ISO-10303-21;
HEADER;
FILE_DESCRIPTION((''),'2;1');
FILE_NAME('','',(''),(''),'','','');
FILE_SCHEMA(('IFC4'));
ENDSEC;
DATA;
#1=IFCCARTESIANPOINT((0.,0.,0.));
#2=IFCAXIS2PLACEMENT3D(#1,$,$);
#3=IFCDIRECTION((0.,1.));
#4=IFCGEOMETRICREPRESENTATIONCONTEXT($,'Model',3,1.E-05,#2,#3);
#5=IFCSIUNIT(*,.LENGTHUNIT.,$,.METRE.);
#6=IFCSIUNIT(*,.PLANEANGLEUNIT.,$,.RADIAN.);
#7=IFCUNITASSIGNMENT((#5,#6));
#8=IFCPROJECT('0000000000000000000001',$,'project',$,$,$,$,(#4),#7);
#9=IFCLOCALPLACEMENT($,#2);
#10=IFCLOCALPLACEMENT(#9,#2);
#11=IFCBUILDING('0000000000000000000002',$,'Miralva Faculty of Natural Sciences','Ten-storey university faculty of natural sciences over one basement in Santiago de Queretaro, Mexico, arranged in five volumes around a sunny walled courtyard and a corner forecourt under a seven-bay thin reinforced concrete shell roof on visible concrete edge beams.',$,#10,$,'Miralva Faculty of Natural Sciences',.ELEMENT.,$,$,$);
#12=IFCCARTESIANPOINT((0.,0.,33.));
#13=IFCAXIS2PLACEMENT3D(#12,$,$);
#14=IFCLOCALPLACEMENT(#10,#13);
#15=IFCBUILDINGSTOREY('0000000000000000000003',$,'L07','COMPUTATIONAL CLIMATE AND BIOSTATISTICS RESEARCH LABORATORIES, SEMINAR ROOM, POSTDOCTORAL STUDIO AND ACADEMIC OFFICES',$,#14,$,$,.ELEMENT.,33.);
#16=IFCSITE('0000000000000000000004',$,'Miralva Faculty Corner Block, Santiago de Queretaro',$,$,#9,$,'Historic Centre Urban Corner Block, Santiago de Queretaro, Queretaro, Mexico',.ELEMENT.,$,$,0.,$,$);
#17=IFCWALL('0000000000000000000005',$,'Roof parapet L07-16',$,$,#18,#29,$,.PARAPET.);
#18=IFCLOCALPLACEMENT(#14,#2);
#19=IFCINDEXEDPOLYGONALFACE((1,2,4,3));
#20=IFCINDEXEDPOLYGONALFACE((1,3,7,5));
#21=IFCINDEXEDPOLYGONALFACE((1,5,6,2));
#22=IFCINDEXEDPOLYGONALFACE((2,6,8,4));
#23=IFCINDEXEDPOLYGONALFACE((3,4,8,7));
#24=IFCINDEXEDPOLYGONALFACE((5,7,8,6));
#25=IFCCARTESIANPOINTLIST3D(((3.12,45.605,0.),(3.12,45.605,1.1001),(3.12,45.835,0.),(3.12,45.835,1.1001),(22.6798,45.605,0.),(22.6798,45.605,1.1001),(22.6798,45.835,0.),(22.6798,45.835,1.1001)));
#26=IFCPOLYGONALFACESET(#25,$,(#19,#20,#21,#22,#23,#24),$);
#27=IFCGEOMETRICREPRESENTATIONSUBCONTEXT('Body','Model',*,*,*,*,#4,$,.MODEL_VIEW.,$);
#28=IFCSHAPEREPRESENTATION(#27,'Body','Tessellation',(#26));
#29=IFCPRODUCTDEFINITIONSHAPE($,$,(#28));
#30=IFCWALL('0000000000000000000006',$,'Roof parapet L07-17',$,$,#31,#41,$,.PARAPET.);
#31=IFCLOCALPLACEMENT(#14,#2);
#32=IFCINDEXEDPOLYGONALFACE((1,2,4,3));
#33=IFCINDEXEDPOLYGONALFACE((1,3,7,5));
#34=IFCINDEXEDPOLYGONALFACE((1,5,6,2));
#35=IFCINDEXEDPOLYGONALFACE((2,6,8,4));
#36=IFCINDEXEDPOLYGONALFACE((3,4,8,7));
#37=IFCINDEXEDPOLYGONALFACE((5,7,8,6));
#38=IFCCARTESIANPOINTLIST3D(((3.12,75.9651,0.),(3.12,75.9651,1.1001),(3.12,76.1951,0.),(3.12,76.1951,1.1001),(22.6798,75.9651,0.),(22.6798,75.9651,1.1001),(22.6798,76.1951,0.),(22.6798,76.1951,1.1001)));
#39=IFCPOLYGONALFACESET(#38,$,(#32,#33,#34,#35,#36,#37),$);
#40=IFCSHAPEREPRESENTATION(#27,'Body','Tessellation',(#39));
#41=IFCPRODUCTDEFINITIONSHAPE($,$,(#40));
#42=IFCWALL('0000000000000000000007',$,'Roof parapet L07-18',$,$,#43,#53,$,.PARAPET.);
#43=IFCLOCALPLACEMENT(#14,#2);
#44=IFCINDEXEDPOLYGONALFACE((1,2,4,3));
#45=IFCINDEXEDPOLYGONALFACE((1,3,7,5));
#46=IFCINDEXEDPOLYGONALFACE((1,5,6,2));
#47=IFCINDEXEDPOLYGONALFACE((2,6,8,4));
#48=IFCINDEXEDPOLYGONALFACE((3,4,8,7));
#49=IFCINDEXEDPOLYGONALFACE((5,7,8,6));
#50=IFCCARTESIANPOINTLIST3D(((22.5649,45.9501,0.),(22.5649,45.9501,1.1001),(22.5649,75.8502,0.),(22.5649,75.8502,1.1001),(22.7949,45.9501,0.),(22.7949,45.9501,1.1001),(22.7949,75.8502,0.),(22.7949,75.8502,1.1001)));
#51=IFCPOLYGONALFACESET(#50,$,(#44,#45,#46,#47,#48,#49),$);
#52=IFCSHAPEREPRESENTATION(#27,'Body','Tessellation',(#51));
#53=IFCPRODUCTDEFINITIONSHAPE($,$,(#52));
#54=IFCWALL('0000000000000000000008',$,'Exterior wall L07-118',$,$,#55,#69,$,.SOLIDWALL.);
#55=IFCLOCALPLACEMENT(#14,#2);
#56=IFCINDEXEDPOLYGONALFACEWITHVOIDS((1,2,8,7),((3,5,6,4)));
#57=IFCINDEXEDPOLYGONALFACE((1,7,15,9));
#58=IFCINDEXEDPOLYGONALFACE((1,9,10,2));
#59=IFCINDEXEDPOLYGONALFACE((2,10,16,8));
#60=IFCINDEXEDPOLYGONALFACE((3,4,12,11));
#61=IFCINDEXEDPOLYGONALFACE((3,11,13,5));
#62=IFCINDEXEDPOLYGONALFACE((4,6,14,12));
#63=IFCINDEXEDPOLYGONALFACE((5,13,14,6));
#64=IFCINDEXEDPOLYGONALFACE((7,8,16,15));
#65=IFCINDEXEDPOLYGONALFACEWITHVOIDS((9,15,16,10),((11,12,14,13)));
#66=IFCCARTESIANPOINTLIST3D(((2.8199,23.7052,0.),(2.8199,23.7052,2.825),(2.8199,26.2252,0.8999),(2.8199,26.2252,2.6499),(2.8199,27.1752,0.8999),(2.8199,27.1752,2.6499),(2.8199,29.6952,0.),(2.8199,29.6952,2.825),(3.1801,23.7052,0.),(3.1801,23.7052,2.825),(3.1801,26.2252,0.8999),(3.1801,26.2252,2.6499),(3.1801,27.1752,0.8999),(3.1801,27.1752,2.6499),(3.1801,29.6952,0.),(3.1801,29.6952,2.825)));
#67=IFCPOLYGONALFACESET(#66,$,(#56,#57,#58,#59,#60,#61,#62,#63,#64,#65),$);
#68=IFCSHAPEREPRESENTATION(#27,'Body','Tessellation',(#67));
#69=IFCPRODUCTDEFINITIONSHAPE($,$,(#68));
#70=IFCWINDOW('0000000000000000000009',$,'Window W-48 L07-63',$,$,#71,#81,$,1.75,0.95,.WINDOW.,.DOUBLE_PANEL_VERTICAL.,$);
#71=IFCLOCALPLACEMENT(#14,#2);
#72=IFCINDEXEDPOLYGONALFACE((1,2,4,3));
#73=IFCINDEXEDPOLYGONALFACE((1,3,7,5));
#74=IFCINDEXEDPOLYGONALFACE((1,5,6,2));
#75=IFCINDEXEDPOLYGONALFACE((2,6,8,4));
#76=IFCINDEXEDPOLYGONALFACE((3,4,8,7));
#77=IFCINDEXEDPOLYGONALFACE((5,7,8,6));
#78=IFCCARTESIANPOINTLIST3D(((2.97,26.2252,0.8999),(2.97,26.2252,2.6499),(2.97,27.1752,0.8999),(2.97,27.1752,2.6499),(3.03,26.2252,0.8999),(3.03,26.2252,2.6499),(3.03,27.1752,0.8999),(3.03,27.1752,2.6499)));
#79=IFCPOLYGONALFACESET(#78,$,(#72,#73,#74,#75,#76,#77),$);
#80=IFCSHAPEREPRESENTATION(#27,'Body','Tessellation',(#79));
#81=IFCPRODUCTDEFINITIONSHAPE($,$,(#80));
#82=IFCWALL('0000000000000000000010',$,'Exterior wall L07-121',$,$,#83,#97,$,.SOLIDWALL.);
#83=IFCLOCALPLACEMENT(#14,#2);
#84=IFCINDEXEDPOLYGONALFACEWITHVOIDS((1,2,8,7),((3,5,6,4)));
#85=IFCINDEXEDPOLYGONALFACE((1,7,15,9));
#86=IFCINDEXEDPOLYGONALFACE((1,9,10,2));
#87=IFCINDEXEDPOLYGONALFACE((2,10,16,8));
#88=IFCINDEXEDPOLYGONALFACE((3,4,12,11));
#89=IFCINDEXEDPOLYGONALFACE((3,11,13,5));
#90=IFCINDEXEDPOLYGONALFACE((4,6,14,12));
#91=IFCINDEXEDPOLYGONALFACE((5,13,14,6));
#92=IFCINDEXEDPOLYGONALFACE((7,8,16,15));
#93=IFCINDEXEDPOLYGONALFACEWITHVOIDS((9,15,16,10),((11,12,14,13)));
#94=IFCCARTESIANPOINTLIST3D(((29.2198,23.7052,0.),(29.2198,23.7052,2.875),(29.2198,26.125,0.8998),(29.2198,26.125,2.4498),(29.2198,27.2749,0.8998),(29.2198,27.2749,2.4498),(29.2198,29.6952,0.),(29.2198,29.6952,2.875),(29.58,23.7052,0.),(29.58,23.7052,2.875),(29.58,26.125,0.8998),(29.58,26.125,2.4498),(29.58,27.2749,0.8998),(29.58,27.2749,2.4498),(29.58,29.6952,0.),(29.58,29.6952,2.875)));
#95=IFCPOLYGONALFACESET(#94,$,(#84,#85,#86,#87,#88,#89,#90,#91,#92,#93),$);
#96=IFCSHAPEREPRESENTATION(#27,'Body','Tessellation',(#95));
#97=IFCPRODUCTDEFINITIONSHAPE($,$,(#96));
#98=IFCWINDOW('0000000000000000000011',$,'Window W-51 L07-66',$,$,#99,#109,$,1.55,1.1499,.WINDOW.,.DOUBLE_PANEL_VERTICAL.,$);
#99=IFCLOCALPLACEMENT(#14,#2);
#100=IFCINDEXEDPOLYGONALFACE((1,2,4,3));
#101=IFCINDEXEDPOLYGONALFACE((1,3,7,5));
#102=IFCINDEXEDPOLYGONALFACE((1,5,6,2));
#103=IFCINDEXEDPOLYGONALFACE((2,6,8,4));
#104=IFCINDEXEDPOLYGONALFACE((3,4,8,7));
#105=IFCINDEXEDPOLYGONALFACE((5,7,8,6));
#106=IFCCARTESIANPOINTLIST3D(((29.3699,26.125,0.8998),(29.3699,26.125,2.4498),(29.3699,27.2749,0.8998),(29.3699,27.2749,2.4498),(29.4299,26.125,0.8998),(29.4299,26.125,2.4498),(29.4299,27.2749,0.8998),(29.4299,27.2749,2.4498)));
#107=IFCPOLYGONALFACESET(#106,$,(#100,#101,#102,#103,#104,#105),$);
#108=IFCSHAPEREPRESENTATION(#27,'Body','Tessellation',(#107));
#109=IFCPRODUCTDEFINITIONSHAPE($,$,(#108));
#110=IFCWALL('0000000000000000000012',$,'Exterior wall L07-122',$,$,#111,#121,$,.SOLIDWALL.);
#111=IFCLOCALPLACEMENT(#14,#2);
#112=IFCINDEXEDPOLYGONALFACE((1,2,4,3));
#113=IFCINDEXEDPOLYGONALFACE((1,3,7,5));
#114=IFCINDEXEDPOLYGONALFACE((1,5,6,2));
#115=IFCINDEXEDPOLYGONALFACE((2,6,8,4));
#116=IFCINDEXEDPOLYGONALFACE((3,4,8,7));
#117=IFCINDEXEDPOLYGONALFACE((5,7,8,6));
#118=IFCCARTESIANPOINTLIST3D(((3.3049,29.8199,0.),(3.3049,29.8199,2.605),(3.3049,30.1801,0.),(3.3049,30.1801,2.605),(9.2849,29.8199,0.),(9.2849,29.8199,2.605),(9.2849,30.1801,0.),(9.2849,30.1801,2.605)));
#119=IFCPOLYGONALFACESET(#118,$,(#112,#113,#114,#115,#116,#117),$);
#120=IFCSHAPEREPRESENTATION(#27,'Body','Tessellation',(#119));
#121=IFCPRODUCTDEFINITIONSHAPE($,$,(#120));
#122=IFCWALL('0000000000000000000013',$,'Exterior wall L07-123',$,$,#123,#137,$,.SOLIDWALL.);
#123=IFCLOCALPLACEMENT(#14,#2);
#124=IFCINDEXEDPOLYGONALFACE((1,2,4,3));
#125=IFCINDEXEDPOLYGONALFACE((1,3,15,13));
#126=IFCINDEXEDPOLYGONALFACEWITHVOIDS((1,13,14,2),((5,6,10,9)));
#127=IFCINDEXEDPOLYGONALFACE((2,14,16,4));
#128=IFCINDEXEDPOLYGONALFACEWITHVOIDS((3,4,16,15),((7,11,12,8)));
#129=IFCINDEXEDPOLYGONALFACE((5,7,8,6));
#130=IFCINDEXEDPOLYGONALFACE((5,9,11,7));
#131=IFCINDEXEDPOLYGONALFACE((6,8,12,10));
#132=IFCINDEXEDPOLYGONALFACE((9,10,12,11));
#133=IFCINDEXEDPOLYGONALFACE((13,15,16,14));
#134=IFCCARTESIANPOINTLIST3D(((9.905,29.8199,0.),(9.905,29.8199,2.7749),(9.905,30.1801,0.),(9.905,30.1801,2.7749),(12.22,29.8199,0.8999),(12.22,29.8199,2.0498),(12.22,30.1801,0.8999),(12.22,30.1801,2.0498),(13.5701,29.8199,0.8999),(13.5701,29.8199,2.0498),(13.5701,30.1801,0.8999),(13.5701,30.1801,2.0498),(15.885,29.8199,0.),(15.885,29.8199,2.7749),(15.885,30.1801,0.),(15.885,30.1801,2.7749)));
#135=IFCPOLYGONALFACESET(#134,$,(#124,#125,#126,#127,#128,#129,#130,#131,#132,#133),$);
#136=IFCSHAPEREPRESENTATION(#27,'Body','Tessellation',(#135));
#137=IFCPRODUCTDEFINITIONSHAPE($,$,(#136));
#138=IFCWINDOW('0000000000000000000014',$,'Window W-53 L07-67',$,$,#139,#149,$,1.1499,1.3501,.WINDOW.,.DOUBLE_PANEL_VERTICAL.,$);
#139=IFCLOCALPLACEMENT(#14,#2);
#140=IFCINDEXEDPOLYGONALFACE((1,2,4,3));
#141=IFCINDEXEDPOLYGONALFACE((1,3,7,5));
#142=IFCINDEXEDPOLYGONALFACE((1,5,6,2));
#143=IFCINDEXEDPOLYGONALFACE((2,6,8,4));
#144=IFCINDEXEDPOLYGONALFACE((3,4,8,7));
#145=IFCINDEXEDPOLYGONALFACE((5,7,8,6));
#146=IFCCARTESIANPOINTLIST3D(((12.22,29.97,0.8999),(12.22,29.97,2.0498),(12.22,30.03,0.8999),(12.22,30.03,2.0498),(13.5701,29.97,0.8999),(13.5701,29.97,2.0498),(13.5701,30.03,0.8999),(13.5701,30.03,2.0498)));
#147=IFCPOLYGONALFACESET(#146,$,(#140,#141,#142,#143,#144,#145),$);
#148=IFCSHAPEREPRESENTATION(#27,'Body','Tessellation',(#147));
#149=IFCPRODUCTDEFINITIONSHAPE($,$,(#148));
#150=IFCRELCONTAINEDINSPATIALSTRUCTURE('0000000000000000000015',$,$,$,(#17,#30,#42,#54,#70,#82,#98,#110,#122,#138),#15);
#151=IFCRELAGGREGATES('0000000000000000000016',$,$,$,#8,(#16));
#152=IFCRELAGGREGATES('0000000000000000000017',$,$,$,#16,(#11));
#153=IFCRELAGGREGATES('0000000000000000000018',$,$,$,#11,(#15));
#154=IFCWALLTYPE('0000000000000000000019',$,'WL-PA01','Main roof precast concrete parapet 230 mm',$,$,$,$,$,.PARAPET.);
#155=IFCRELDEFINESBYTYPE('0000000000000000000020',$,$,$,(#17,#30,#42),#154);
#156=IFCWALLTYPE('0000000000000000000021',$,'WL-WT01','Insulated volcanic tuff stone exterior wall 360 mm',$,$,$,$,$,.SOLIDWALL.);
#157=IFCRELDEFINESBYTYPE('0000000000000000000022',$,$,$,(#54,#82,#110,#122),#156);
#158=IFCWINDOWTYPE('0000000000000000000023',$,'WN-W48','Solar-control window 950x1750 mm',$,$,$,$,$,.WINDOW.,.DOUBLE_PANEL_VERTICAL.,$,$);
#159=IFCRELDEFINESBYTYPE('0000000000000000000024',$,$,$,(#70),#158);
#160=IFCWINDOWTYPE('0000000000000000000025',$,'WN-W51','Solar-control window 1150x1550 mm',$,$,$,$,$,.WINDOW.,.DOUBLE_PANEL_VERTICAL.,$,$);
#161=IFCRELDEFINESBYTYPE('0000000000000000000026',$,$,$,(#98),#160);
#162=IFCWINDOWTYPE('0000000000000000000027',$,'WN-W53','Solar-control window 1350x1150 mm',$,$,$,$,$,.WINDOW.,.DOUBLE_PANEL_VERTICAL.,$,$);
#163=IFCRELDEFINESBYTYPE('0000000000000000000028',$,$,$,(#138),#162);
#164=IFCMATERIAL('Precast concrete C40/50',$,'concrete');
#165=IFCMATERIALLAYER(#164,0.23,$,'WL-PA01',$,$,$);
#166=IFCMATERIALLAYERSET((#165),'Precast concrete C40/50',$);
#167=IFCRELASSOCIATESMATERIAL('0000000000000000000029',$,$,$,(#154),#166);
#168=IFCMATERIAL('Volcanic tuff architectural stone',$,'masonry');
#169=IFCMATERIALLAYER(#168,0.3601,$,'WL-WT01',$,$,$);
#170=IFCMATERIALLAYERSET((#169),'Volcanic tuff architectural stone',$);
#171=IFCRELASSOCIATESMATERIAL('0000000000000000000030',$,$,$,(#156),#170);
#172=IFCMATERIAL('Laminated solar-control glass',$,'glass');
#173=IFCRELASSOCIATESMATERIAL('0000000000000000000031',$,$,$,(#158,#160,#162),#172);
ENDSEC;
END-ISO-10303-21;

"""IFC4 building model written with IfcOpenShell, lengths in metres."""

from ifc_helpers import new_model, si_unit, direction, frame, frame_2d, origin, place, context, subcontext, project, spatial, rectangle, extrude, material, layer, layer_set, type_object, element, fill, save


model = new_model("IFC4")

# Units and contexts
model_context = context("Model", 3, precision=1e-05, world=origin(), true_north=direction((0.0, 1.0)))
body_context = subcontext(model_context, "Body", "Model", "MODEL_VIEW")
ifc_project = project(units=[si_unit("LENGTHUNIT", "METRE"), si_unit("PLANEANGLEUNIT", "RADIAN")], contexts=[model_context])

# Site, building, storey
site_placement = place(None, origin())
site = spatial("IfcSite", under=ifc_project, at=site_placement, Name="Miralva Faculty Corner Block, Santiago de Queretaro", LongName="Historic Centre Urban Corner Block, Santiago de Queretaro, Queretaro, Mexico", CompositionType="ELEMENT", RefElevation=0.0)
building_placement = place(site_placement, origin())
building = spatial("IfcBuilding", under=site, at=building_placement, Name="Miralva Faculty of Natural Sciences", Description="Ten-storey university faculty of natural sciences over one basement in Santiago de Queretaro, Mexico, arranged in five volumes around a sunny walled courtyard and a corner forecourt under a seven-bay thin reinforced concrete shell roof on visible concrete edge beams.", LongName="Miralva Faculty of Natural Sciences", CompositionType="ELEMENT")
storey_placement = place(building_placement, frame((0.0, 0.0, 33.0)))
storey = spatial("IfcBuildingStorey", under=building, at=storey_placement, Name="L07", Description="COMPUTATIONAL CLIMATE AND BIOSTATISTICS RESEARCH LABORATORIES, SEMINAR ROOM, POSTDOCTORAL STUDIO AND ACADEMIC OFFICES", CompositionType="ELEMENT", Elevation=33.0)

# Walls
ifc_material_1 = material(Name="Precast concrete C40/50", Category="concrete")
ifc_layer_1 = layer(ifc_material_1, 0.23, Name="WL-PA01")
ifc_layer_set_1 = layer_set([ifc_layer_1], Name="Precast concrete C40/50")
wall_type_1 = type_object("IfcWallType", Name="WL-PA01", Description="Main roof precast concrete parapet 230 mm", PredefinedType="PARAPET", material=ifc_layer_set_1)
for number, where, z_axis, x_axis, name in (
    (1, (3.1201, 45.72, 0.0), (0.0, 0.0, 1.0), (1.0, 0.0, 0.0), "Roof parapet L07-16"),
    (2, (3.1201, 76.0801, 0.0), (0.0, 0.0, 1.0), (1.0, 0.0, 0.0), "Roof parapet L07-17"),
):
    element("IfcWall", number, at=place(storey_placement, frame(where, z_axis=z_axis, x_axis=x_axis)), inside=storey, type_object=wall_type_1, Name=name, PredefinedType="PARAPET", context=body_context, shape_type="SweptSolid", body=[
        extrude(rectangle(XDim=19.5598, YDim=0.23, at=frame_2d((9.7798, 0.0))), origin(), (0.0, 0.0, 1.0), 1.1001),
    ])
wall_1_placement = place(storey_placement, frame((22.6799, 45.95, 0.0), z_axis=(0.0, 0.0, 1.0), x_axis=(0.0, 1.0, 0.0)))
element("IfcWall", 3, at=wall_1_placement, inside=storey, type_object=wall_type_1, Name="Roof parapet L07-18", PredefinedType="PARAPET", context=body_context, shape_type="SweptSolid", body=[
    extrude(rectangle(XDim=29.9001, YDim=0.23, at=frame_2d((14.9502, 0.0))), origin(), (0.0, 0.0, 1.0), 1.1001),
])

# Walls, openings, windows
ifc_material_2 = material(Name="Volcanic tuff architectural stone", Category="masonry")
ifc_layer_2 = layer(ifc_material_2, 0.3601, Name="WL-WT01")
ifc_layer_set_2 = layer_set([ifc_layer_2], Name="Volcanic tuff architectural stone")
wall_type_2 = type_object("IfcWallType", Name="WL-WT01", Description="Insulated volcanic tuff stone exterior wall 360 mm", PredefinedType="SOLIDWALL", material=ifc_layer_set_2)
wall_2_placement = place(storey_placement, frame((3.0, 23.7051, 0.0), z_axis=(0.0, 0.0, 1.0), x_axis=(0.0, 1.0, 0.0)))
wall_2 = element("IfcWall", 4, at=wall_2_placement, inside=storey, type_object=wall_type_2, Name="Exterior wall L07-118", PredefinedType="SOLIDWALL", context=body_context, shape_type="SweptSolid", body=[
    extrude(rectangle(XDim=5.99, YDim=0.3601, at=frame_2d((2.9951, 0.0))), origin(), (0.0, 0.0, 1.0), 2.825),
])
opening_1_placement = place(wall_2_placement, frame((2.52, 0.0, 0.8999)))
opening_1 = element("IfcOpeningElement", 5, at=opening_1_placement, cuts=wall_2, PredefinedType="OPENING", context=body_context, shape_type="SweptSolid", body=[
    extrude(rectangle(XDim=0.95, YDim=1.75, at=frame_2d((0.4751, 0.875))), frame((0.0, 0.1899, 0.0), z_axis=(0.0, -1.0, 0.0), x_axis=(1.0, 0.0, 0.0)), (0.0, 0.0, 1.0), 0.3801),
])
ifc_material_3 = material(Name="Laminated solar-control glass", Category="glass")
window_type_1 = type_object("IfcWindowType", Name="WN-W48", Description="Solar-control window 950x1750 mm", PartitioningType="DOUBLE_PANEL_VERTICAL", PredefinedType="WINDOW", material=ifc_material_3)
window_1_placement = place(opening_1_placement, origin())
window_1 = element("IfcWindow", 6, at=window_1_placement, inside=storey, type_object=window_type_1, Name="Window W-48 L07-63", OverallHeight=1.75, OverallWidth=0.95, PartitioningType="DOUBLE_PANEL_VERTICAL", PredefinedType="WINDOW", context=body_context, shape_type="SweptSolid", body=[
    extrude(rectangle(XDim=0.95, YDim=1.75, at=frame_2d((0.4751, 0.875))), frame((0.0, 0.03, 0.0), z_axis=(0.0, -1.0, 0.0), x_axis=(1.0, 0.0, 0.0)), (0.0, 0.0, 1.0), 0.0601),
])
fill(opening_1, window_1)
wall_3_placement = place(storey_placement, frame((29.3999, 23.7051, 0.0), z_axis=(0.0, 0.0, 1.0), x_axis=(0.0, 1.0, 0.0)))
wall_3 = element("IfcWall", 7, at=wall_3_placement, inside=storey, type_object=wall_type_2, Name="Exterior wall L07-121", PredefinedType="SOLIDWALL", context=body_context, shape_type="SweptSolid", body=[
    extrude(rectangle(XDim=5.99, YDim=0.3601, at=frame_2d((2.9951, 0.0))), origin(), (0.0, 0.0, 1.0), 2.875),
])
opening_2_placement = place(wall_3_placement, frame((2.4199, 0.0, 0.8999)))
opening_2 = element("IfcOpeningElement", 8, at=opening_2_placement, cuts=wall_3, PredefinedType="OPENING", context=body_context, shape_type="SweptSolid", body=[
    extrude(rectangle(XDim=1.1499, YDim=1.55, at=frame_2d((0.575, 0.7749))), frame((0.0, 0.1899, 0.0), z_axis=(0.0, -1.0, 0.0), x_axis=(1.0, 0.0, 0.0)), (0.0, 0.0, 1.0), 0.3801),
])
window_type_2 = type_object("IfcWindowType", Name="WN-W51", Description="Solar-control window 1150x1550 mm", PartitioningType="DOUBLE_PANEL_VERTICAL", PredefinedType="WINDOW", material=ifc_material_3)
window_2_placement = place(opening_2_placement, frame((1.1499, 0.0, 0.0), z_axis=(0.0, 0.0, 1.0), x_axis=(-1.0, 0.0, 0.0)))
window_2 = element("IfcWindow", 9, at=window_2_placement, inside=storey, type_object=window_type_2, Name="Window W-51 L07-66", OverallHeight=1.55, OverallWidth=1.1499, PartitioningType="DOUBLE_PANEL_VERTICAL", PredefinedType="WINDOW", context=body_context, shape_type="SweptSolid", body=[
    extrude(rectangle(XDim=1.1499, YDim=1.55, at=frame_2d((0.575, 0.7749))), frame((0.0, 0.03, 0.0), z_axis=(0.0, -1.0, 0.0), x_axis=(1.0, 0.0, 0.0)), (0.0, 0.0, 1.0), 0.0601),
])
fill(opening_2, window_2)

# Wall
wall_4_placement = place(storey_placement, frame((3.3049, 30.0, 0.0), z_axis=(0.0, 0.0, 1.0), x_axis=(1.0, 0.0, 0.0)))
element("IfcWall", 10, at=wall_4_placement, inside=storey, type_object=wall_type_2, Name="Exterior wall L07-122", PredefinedType="SOLIDWALL", context=body_context, shape_type="SweptSolid", body=[
    extrude(rectangle(XDim=5.98, YDim=0.3601, at=frame_2d((2.99, 0.0))), origin(), (0.0, 0.0, 1.0), 2.605),
])

# Wall, opening, window
wall_5_placement = place(storey_placement, frame((9.905, 30.0, 0.0), z_axis=(0.0, 0.0, 1.0), x_axis=(1.0, 0.0, 0.0)))
wall_5 = element("IfcWall", 11, at=wall_5_placement, inside=storey, type_object=wall_type_2, Name="Exterior wall L07-123", PredefinedType="SOLIDWALL", context=body_context, shape_type="SweptSolid", body=[
    extrude(rectangle(XDim=5.98, YDim=0.3601, at=frame_2d((2.99, 0.0))), origin(), (0.0, 0.0, 1.0), 2.7749),
])
opening_3_placement = place(wall_5_placement, frame((2.3149, 0.0, 0.8999)))
opening_3 = element("IfcOpeningElement", 12, at=opening_3_placement, cuts=wall_5, PredefinedType="OPENING", context=body_context, shape_type="SweptSolid", body=[
    extrude(rectangle(XDim=1.3501, YDim=1.1499, at=frame_2d((0.675, 0.575))), frame((0.0, 0.1899, 0.0), z_axis=(0.0, -1.0, 0.0), x_axis=(1.0, 0.0, 0.0)), (0.0, 0.0, 1.0), 0.3801),
])
window_type_3 = type_object("IfcWindowType", Name="WN-W53", Description="Solar-control window 1350x1150 mm", PartitioningType="DOUBLE_PANEL_VERTICAL", PredefinedType="WINDOW", material=ifc_material_3)
window_3_placement = place(opening_3_placement, origin())
window_3 = element("IfcWindow", 13, at=window_3_placement, inside=storey, type_object=window_type_3, Name="Window W-53 L07-67", OverallHeight=1.1499, OverallWidth=1.3501, PartitioningType="DOUBLE_PANEL_VERTICAL", PredefinedType="WINDOW", context=body_context, shape_type="SweptSolid", body=[
    extrude(rectangle(XDim=1.3501, YDim=1.1499, at=frame_2d((0.675, 0.575))), frame((0.0, 0.03, 0.0), z_axis=(0.0, -1.0, 0.0), x_axis=(1.0, 0.0, 0.0)), (0.0, 0.0, 1.0), 0.0601),
])
fill(opening_3, window_3)

save(model, "model.ifc")
